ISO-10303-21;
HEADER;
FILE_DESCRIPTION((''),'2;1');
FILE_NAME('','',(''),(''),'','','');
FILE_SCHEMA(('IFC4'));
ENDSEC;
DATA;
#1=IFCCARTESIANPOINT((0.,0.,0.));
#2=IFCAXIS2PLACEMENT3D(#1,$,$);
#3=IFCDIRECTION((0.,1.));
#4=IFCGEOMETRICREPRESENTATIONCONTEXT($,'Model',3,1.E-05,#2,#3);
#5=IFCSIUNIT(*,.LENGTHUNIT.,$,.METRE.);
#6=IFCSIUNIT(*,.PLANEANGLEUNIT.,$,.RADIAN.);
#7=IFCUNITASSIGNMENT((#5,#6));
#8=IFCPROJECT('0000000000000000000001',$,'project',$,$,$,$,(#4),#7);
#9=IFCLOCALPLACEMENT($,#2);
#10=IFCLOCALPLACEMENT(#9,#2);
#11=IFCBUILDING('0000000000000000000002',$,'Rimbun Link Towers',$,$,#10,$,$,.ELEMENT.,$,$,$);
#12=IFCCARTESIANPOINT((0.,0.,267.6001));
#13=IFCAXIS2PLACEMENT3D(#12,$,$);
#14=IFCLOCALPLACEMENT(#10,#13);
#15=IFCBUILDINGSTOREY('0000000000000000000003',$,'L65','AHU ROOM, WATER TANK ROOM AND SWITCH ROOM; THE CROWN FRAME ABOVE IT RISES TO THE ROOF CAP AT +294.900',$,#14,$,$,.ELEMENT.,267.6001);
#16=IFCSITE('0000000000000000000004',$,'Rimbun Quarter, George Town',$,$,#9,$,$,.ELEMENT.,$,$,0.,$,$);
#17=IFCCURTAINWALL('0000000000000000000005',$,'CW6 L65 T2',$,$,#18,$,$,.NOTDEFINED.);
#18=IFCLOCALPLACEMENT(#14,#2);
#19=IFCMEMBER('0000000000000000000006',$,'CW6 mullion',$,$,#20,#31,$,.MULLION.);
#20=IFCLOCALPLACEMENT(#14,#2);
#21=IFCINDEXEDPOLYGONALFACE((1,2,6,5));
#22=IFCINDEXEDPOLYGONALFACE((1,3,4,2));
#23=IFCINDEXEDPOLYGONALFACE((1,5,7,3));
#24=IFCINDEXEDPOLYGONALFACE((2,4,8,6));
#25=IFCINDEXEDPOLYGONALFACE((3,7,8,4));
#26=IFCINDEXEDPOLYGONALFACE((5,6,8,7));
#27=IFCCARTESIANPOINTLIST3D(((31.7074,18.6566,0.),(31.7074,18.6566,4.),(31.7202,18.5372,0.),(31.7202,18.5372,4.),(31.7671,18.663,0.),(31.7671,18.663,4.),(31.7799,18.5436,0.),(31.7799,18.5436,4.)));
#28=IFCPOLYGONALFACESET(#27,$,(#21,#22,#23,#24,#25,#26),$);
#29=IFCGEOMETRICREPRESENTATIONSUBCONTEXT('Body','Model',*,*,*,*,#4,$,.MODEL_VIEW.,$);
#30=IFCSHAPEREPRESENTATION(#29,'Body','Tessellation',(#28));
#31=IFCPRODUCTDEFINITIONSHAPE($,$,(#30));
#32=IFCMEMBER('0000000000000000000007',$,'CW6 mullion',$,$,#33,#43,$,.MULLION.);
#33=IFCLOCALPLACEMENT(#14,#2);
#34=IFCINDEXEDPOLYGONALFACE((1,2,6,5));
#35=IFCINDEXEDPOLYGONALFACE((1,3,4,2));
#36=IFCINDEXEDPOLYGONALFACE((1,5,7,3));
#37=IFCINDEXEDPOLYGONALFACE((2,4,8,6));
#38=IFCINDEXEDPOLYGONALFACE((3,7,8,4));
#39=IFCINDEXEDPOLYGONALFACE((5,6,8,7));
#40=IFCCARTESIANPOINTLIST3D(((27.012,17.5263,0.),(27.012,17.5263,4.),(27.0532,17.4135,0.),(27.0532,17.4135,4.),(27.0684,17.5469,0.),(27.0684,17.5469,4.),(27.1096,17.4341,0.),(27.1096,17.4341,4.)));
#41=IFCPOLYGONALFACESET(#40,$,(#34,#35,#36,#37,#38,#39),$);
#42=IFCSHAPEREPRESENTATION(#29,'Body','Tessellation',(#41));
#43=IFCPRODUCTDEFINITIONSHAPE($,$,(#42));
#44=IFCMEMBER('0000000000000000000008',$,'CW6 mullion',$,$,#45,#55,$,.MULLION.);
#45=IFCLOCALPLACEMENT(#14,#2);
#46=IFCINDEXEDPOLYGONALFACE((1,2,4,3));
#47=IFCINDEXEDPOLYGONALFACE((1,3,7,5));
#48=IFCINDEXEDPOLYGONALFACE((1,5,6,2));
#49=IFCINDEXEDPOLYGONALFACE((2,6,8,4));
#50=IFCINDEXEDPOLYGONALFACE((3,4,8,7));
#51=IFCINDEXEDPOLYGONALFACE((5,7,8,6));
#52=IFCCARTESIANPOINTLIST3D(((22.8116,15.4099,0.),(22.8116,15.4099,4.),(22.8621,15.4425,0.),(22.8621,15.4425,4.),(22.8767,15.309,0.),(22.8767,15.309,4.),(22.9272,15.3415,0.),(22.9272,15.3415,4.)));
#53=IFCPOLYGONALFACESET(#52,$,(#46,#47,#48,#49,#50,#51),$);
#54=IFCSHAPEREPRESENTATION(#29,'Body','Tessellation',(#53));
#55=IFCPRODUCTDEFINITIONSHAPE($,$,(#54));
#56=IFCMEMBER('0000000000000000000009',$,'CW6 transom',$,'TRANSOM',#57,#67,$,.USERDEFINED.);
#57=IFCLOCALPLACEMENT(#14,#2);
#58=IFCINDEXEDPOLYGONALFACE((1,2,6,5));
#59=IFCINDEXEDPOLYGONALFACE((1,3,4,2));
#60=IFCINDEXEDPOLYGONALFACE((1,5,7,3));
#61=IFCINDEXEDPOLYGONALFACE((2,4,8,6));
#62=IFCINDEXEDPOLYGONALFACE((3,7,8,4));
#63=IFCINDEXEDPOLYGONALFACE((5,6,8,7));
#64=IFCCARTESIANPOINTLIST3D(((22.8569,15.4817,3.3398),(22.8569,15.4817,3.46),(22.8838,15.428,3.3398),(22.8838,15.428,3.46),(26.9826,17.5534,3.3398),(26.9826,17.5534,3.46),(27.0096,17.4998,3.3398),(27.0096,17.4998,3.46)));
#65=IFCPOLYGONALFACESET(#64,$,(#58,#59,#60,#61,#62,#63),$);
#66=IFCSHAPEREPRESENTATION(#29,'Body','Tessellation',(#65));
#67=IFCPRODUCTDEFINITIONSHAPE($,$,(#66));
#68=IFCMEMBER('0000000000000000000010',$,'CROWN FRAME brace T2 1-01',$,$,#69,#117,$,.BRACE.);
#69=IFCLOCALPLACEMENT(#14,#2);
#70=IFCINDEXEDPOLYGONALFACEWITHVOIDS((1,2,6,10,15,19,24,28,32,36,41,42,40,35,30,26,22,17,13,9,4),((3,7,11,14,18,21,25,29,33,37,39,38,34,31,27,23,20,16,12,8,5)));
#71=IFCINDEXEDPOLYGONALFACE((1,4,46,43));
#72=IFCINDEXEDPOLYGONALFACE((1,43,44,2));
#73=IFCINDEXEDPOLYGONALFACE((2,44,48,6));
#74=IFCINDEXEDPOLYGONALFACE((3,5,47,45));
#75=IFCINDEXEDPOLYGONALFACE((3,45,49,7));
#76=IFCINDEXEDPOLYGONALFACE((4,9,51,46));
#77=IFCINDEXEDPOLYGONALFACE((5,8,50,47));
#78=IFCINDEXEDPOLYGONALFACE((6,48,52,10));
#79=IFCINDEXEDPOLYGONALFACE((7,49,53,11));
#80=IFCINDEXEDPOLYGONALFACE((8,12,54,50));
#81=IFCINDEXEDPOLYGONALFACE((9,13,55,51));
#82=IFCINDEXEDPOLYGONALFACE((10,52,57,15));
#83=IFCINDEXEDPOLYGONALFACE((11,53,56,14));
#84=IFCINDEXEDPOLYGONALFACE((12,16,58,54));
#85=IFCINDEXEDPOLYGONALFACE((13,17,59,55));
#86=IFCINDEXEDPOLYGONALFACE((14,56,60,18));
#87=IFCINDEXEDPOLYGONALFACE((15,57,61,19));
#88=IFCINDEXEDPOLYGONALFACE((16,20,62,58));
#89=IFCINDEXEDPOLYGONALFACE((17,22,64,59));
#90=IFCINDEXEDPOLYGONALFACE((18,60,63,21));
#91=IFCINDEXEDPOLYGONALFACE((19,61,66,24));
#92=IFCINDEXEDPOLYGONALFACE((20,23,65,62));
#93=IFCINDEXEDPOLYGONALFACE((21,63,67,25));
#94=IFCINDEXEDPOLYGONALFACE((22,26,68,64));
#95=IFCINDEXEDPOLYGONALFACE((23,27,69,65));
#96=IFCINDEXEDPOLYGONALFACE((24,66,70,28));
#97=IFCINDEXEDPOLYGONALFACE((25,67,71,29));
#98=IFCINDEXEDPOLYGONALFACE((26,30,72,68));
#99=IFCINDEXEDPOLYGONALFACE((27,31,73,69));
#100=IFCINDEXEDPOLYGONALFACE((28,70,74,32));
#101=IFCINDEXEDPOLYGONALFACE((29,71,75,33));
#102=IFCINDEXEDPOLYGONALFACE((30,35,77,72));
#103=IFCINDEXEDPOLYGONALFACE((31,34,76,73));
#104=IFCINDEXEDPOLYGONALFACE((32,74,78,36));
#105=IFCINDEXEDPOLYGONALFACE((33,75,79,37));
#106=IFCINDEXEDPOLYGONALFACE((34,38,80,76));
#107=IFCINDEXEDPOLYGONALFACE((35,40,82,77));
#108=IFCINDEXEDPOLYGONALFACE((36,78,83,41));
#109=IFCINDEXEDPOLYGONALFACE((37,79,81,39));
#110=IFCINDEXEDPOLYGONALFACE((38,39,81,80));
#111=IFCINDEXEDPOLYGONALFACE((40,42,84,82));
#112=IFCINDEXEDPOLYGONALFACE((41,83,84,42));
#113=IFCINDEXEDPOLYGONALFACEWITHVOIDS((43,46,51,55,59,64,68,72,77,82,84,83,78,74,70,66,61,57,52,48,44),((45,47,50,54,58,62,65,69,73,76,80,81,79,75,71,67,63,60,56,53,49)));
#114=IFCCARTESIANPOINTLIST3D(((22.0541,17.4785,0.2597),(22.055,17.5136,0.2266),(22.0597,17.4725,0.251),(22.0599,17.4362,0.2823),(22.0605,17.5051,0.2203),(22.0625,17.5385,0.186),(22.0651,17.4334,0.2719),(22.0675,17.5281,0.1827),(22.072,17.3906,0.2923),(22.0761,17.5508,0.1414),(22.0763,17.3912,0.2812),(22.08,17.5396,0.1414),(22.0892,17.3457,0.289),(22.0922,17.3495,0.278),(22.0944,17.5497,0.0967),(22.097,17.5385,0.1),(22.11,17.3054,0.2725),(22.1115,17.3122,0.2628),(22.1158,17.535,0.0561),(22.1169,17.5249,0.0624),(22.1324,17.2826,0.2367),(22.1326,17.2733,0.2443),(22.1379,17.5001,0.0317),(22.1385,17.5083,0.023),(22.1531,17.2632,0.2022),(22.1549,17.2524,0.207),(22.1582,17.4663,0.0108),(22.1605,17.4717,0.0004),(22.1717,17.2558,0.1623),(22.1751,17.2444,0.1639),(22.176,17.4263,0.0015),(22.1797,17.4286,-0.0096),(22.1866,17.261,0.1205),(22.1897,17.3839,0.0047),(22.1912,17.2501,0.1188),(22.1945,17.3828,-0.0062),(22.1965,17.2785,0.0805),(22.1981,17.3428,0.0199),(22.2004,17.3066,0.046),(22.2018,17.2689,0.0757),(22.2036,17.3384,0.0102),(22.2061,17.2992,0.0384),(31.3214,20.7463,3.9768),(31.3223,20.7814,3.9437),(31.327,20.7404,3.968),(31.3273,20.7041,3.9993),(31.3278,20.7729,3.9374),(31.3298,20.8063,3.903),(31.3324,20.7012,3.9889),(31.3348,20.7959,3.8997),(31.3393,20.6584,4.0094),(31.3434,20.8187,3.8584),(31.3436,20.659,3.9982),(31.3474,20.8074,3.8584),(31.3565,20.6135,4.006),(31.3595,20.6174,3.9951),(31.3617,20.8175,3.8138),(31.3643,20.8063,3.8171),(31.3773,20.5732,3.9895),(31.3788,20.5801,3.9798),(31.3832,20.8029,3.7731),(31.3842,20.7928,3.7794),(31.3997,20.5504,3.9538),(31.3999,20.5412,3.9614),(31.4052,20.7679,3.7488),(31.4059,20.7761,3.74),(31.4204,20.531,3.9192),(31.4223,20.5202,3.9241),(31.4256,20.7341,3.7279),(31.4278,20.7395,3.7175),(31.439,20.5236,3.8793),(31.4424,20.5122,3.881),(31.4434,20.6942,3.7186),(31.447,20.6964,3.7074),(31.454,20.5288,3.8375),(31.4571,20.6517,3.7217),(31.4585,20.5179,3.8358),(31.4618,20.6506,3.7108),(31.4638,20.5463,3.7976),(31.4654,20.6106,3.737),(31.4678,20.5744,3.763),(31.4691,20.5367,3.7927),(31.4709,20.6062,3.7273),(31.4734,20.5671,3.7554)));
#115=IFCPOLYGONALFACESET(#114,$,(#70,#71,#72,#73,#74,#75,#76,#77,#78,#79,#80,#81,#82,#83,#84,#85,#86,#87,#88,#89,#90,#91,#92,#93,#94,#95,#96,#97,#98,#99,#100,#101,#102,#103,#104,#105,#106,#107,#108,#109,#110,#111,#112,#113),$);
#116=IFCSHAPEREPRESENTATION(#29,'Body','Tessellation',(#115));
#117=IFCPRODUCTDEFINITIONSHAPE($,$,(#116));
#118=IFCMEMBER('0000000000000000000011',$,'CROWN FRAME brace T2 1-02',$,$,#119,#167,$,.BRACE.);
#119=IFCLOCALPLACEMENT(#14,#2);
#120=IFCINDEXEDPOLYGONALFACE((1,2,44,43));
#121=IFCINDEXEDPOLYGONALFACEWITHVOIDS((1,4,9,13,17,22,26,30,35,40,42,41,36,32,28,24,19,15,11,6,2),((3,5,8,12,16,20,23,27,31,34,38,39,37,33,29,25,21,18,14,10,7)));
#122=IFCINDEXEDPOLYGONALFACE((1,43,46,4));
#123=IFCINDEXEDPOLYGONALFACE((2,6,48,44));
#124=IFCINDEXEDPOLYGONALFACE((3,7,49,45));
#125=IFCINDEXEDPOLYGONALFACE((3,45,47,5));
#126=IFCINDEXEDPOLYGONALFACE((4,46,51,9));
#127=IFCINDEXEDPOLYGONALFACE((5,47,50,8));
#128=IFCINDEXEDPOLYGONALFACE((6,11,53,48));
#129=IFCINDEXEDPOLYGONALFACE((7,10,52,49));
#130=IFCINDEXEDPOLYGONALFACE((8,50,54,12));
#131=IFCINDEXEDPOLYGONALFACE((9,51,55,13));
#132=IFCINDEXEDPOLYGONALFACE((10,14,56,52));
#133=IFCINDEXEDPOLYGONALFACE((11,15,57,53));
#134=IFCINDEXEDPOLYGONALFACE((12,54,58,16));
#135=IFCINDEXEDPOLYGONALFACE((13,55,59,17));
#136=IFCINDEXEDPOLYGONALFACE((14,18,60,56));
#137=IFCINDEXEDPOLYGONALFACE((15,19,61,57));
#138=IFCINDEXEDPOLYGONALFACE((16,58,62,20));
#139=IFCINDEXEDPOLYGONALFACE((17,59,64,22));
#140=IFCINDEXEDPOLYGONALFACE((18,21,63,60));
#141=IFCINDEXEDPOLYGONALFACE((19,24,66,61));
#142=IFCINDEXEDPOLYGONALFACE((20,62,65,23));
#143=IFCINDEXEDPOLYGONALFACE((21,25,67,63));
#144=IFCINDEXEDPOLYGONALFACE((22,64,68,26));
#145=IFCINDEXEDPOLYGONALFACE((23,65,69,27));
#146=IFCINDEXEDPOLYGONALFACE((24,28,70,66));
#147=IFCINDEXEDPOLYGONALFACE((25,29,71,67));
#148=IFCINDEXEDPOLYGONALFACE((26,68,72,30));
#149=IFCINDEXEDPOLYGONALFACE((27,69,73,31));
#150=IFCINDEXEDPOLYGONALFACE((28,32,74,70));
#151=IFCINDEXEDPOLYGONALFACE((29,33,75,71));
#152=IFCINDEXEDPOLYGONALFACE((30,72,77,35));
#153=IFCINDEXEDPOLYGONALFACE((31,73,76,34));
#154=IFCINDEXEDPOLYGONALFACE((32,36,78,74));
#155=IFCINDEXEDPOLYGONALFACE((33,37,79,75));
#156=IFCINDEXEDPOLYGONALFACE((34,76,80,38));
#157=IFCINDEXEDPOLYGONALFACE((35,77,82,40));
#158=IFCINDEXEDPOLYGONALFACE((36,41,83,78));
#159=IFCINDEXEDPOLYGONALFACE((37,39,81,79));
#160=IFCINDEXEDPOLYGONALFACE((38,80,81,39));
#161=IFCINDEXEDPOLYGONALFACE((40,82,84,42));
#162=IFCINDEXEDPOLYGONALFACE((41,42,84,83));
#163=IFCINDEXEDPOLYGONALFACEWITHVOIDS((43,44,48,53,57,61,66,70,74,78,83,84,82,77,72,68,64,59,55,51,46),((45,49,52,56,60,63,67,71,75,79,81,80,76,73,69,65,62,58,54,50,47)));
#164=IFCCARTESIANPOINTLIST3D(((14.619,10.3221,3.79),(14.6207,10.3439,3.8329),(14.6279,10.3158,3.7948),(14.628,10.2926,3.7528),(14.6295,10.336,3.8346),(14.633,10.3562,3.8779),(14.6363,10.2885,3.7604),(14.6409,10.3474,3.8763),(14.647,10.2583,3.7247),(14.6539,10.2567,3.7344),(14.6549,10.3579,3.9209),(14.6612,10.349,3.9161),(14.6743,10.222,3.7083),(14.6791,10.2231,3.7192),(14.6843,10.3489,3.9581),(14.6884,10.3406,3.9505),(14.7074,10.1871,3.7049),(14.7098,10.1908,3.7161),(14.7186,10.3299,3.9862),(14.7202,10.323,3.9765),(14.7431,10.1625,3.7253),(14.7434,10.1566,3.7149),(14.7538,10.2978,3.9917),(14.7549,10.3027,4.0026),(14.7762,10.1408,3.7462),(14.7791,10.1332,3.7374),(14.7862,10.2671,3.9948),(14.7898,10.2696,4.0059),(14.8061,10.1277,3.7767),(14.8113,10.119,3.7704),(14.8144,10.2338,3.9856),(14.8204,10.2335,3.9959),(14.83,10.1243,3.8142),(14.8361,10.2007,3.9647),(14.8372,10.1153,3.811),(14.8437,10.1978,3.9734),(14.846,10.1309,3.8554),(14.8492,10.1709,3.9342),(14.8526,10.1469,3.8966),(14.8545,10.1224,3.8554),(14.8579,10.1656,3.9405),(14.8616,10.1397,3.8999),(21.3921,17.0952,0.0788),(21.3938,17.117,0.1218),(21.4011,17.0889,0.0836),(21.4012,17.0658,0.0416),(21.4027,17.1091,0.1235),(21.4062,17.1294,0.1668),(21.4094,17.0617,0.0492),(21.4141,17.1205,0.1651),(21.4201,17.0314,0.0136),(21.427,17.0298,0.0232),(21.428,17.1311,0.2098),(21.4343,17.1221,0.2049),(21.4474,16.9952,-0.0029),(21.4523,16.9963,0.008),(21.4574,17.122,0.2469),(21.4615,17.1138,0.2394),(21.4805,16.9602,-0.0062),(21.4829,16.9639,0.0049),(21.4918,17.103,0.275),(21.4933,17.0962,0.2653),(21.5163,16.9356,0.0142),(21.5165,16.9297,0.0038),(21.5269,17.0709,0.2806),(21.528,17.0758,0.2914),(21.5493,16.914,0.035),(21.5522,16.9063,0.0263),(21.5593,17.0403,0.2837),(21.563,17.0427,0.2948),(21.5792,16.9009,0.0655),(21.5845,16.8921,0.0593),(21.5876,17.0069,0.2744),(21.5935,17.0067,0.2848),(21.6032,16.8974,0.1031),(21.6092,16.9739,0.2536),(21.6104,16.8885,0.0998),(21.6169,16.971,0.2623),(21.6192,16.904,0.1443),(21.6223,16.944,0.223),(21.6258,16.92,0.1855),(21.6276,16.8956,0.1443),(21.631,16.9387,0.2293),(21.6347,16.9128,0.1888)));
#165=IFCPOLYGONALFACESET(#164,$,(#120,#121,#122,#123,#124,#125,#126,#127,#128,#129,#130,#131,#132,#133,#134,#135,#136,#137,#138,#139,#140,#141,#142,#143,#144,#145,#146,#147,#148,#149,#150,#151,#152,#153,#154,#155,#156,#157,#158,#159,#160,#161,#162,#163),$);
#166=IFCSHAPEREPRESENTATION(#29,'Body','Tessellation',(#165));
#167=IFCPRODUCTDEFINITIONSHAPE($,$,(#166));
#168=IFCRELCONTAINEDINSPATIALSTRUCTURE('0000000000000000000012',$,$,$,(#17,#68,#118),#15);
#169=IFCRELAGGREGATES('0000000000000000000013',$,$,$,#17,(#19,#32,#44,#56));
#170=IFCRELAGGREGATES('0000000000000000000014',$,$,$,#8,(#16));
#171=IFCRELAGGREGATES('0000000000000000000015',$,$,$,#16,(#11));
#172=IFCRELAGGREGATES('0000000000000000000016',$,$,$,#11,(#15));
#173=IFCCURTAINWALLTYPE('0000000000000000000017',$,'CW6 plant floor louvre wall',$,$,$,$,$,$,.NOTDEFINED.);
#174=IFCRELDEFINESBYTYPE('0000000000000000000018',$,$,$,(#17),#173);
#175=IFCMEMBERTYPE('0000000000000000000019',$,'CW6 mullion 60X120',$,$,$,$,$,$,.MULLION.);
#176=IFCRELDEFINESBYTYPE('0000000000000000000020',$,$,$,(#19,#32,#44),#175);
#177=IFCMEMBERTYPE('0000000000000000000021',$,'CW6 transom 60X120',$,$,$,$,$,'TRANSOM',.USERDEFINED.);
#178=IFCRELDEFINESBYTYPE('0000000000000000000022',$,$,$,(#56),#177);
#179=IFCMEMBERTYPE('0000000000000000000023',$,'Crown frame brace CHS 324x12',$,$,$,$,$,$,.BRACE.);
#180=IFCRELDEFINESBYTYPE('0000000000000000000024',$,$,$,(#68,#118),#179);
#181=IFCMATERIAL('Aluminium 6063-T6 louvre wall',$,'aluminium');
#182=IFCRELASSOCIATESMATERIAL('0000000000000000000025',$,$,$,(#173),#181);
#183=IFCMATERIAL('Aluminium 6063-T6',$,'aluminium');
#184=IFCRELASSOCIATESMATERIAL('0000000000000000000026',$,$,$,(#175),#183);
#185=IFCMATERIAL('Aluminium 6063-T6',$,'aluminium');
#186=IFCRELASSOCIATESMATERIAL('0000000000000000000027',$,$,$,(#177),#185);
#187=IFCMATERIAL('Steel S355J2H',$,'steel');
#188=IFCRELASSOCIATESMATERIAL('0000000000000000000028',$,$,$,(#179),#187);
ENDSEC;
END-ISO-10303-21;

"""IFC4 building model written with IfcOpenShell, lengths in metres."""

from ifc_helpers import new_model, si_unit, direction, frame, origin, origin_2d, place, context, subcontext, project, spatial, rectangle, hollow_circle, extrude, material, material_profile, profile_set, type_object, element, aggregate, save


model = new_model("IFC4")

# Units and contexts
model_context = context("Model", 3, precision=1e-05, world=origin(), true_north=direction((0.0, 1.0)))
body_context = subcontext(model_context, "Body", "Model", "MODEL_VIEW")
ifc_project = project(units=[si_unit("LENGTHUNIT", "METRE"), si_unit("PLANEANGLEUNIT", "RADIAN")], contexts=[model_context])

# Site, building, storey
site_placement = place(None, origin())
site = spatial("IfcSite", under=ifc_project, at=site_placement, Name="Rimbun Quarter, George Town", CompositionType="ELEMENT", RefElevation=0.0)
building_placement = place(site_placement, origin())
building = spatial("IfcBuilding", under=site, at=building_placement, Name="Rimbun Link Towers", CompositionType="ELEMENT")
storey_placement = place(building_placement, frame((0.0, 0.0, 267.6001)))
storey = spatial("IfcBuildingStorey", under=building, at=storey_placement, Name="L65", Description="AHU ROOM, WATER TANK ROOM AND SWITCH ROOM; THE CROWN FRAME ABOVE IT RISES TO THE ROOF CAP AT +294.900", CompositionType="ELEMENT", Elevation=267.6001)

# Curtain wall, members
ifc_material_1 = material(Name="Aluminium 6063-T6 louvre wall", Category="aluminium")
curtain_wall_type = type_object("IfcCurtainWallType", Name="CW6 plant floor louvre wall", PredefinedType="NOTDEFINED", material=ifc_material_1)
curtain_wall_placement = place(storey_placement, origin())
curtain_wall = element("IfcCurtainWall", 1, at=curtain_wall_placement, inside=storey, type_object=curtain_wall_type, Name="CW6 L65 T2", PredefinedType="NOTDEFINED")
ifc_material_2 = material(Name="Aluminium 6063-T6", Category="aluminium")
ifc_material_profile_1 = material_profile(ifc_material_2, rectangle(XDim=0.1201, YDim=0.0601, at=origin_2d()), Name="MULLION 60X120")
ifc_profile_set_1 = profile_set([ifc_material_profile_1], Name="Aluminium 6063-T6")
member_type_1 = type_object("IfcMemberType", Name="CW6 mullion 60X120", PredefinedType="MULLION", material=ifc_profile_set_1)
member_1_placement = place(storey_placement, frame((31.7437, 18.6001, 0.0), z_axis=(0.0, 0.0, 1.0), x_axis=(-0.106641, 0.994298, 0.0)))
member_1 = element("IfcMember", 2, at=member_1_placement, type_object=member_type_1, Name="CW6 mullion", PredefinedType="MULLION", context=body_context, shape_type="SweptSolid", body=[
    extrude(rectangle(XDim=0.1201, YDim=0.0601, at=origin_2d()), origin(), (0.0, 0.0, 1.0), 4.0),
])
member_2_placement = place(storey_placement, frame((27.0608, 17.4802, 0.0), z_axis=(0.0, 0.0, 1.0), x_axis=(-0.342962, 0.939349, 0.0)))
member_2 = element("IfcMember", 3, at=member_2_placement, type_object=member_type_1, Name="CW6 mullion", PredefinedType="MULLION", context=body_context, shape_type="SweptSolid", body=[
    extrude(rectangle(XDim=0.1201, YDim=0.0601, at=origin_2d()), origin(), (0.0, 0.0, 1.0), 4.0),
])
member_3_placement = place(storey_placement, frame((22.8694, 15.3757, 0.0), z_axis=(0.0, 0.0, 1.0), x_axis=(-0.542101, 0.840313, 0.0)))
member_3 = element("IfcMember", 4, at=member_3_placement, type_object=member_type_1, Name="CW6 mullion", PredefinedType="MULLION", context=body_context, shape_type="SweptSolid", body=[
    extrude(rectangle(XDim=0.1201, YDim=0.0601, at=origin_2d()), origin(), (0.0, 0.0, 1.0), 4.0),
])
ifc_material_3 = material(Name="Aluminium 6063-T6", Category="aluminium")
ifc_material_profile_2 = material_profile(ifc_material_3, rectangle(XDim=0.0601, YDim=0.1201, at=origin_2d()), Name="TRANSOM 60X120")
ifc_profile_set_2 = profile_set([ifc_material_profile_2], Name="Aluminium 6063-T6")
member_type_2 = type_object("IfcMemberType", Name="CW6 transom 60X120", ElementType="TRANSOM", PredefinedType="USERDEFINED", material=ifc_profile_set_2)
member_4_placement = place(storey_placement, frame((22.8704, 15.4548, 3.3999), z_axis=(0.893654, 0.448757, 0.0), x_axis=(-0.448757, 0.893654, 0.0)))
member_4 = element("IfcMember", 5, at=member_4_placement, type_object=member_type_2, Name="CW6 transom", ObjectType="TRANSOM", PredefinedType="USERDEFINED", context=body_context, shape_type="SweptSolid", body=[
    extrude(rectangle(XDim=0.0601, YDim=0.1201, at=origin_2d()), origin(), (0.0, 0.0, 1.0), 4.6167),
])

# Members
ifc_material_4 = material(Name="Steel S355J2H", Category="steel")
ifc_material_profile_3 = material_profile(ifc_material_4, hollow_circle(Radius=0.1619, WallThickness=0.012, at=origin_2d()), Name="Crown frame brace CHS 324x12")
ifc_profile_set_3 = profile_set([ifc_material_profile_3], Name="Steel S355J2H")
member_type_3 = type_object("IfcMemberType", Name="Crown frame brace CHS 324x12", PredefinedType="BRACE", material=ifc_profile_set_3)
member_5_placement = place(storey_placement, frame((22.1299, 17.3982, 0.1414), z_axis=(0.882089, 0.31104, 0.353798), x_axis=(-0.332548, 0.943086, 0.0)))
element("IfcMember", 6, at=member_5_placement, inside=storey, type_object=member_type_3, Name="CROWN FRAME brace T2 1-01", PredefinedType="BRACE", context=body_context, shape_type="SweptSolid", body=[
    extrude(hollow_circle(Radius=0.1619, WallThickness=0.012, at=origin_2d()), origin(), (0.0, 0.0, 1.0), 10.5061),
])
member_6_placement = place(storey_placement, frame((21.5132, 17.01, 0.1443), z_axis=(-0.659349, -0.659349, 0.361272), x_axis=(0.707107, -0.707107, 0.0)))
element("IfcMember", 7, at=member_6_placement, inside=storey, type_object=member_type_3, Name="CROWN FRAME brace T2 1-02", PredefinedType="BRACE", context=body_context, shape_type="SweptSolid", body=[
    extrude(hollow_circle(Radius=0.1619, WallThickness=0.012, at=origin_2d()), origin(), (0.0, 0.0, 1.0), 10.2725),
])

aggregate(curtain_wall, [member_1, member_2, member_3, member_4])

save(model, "model.ifc")
